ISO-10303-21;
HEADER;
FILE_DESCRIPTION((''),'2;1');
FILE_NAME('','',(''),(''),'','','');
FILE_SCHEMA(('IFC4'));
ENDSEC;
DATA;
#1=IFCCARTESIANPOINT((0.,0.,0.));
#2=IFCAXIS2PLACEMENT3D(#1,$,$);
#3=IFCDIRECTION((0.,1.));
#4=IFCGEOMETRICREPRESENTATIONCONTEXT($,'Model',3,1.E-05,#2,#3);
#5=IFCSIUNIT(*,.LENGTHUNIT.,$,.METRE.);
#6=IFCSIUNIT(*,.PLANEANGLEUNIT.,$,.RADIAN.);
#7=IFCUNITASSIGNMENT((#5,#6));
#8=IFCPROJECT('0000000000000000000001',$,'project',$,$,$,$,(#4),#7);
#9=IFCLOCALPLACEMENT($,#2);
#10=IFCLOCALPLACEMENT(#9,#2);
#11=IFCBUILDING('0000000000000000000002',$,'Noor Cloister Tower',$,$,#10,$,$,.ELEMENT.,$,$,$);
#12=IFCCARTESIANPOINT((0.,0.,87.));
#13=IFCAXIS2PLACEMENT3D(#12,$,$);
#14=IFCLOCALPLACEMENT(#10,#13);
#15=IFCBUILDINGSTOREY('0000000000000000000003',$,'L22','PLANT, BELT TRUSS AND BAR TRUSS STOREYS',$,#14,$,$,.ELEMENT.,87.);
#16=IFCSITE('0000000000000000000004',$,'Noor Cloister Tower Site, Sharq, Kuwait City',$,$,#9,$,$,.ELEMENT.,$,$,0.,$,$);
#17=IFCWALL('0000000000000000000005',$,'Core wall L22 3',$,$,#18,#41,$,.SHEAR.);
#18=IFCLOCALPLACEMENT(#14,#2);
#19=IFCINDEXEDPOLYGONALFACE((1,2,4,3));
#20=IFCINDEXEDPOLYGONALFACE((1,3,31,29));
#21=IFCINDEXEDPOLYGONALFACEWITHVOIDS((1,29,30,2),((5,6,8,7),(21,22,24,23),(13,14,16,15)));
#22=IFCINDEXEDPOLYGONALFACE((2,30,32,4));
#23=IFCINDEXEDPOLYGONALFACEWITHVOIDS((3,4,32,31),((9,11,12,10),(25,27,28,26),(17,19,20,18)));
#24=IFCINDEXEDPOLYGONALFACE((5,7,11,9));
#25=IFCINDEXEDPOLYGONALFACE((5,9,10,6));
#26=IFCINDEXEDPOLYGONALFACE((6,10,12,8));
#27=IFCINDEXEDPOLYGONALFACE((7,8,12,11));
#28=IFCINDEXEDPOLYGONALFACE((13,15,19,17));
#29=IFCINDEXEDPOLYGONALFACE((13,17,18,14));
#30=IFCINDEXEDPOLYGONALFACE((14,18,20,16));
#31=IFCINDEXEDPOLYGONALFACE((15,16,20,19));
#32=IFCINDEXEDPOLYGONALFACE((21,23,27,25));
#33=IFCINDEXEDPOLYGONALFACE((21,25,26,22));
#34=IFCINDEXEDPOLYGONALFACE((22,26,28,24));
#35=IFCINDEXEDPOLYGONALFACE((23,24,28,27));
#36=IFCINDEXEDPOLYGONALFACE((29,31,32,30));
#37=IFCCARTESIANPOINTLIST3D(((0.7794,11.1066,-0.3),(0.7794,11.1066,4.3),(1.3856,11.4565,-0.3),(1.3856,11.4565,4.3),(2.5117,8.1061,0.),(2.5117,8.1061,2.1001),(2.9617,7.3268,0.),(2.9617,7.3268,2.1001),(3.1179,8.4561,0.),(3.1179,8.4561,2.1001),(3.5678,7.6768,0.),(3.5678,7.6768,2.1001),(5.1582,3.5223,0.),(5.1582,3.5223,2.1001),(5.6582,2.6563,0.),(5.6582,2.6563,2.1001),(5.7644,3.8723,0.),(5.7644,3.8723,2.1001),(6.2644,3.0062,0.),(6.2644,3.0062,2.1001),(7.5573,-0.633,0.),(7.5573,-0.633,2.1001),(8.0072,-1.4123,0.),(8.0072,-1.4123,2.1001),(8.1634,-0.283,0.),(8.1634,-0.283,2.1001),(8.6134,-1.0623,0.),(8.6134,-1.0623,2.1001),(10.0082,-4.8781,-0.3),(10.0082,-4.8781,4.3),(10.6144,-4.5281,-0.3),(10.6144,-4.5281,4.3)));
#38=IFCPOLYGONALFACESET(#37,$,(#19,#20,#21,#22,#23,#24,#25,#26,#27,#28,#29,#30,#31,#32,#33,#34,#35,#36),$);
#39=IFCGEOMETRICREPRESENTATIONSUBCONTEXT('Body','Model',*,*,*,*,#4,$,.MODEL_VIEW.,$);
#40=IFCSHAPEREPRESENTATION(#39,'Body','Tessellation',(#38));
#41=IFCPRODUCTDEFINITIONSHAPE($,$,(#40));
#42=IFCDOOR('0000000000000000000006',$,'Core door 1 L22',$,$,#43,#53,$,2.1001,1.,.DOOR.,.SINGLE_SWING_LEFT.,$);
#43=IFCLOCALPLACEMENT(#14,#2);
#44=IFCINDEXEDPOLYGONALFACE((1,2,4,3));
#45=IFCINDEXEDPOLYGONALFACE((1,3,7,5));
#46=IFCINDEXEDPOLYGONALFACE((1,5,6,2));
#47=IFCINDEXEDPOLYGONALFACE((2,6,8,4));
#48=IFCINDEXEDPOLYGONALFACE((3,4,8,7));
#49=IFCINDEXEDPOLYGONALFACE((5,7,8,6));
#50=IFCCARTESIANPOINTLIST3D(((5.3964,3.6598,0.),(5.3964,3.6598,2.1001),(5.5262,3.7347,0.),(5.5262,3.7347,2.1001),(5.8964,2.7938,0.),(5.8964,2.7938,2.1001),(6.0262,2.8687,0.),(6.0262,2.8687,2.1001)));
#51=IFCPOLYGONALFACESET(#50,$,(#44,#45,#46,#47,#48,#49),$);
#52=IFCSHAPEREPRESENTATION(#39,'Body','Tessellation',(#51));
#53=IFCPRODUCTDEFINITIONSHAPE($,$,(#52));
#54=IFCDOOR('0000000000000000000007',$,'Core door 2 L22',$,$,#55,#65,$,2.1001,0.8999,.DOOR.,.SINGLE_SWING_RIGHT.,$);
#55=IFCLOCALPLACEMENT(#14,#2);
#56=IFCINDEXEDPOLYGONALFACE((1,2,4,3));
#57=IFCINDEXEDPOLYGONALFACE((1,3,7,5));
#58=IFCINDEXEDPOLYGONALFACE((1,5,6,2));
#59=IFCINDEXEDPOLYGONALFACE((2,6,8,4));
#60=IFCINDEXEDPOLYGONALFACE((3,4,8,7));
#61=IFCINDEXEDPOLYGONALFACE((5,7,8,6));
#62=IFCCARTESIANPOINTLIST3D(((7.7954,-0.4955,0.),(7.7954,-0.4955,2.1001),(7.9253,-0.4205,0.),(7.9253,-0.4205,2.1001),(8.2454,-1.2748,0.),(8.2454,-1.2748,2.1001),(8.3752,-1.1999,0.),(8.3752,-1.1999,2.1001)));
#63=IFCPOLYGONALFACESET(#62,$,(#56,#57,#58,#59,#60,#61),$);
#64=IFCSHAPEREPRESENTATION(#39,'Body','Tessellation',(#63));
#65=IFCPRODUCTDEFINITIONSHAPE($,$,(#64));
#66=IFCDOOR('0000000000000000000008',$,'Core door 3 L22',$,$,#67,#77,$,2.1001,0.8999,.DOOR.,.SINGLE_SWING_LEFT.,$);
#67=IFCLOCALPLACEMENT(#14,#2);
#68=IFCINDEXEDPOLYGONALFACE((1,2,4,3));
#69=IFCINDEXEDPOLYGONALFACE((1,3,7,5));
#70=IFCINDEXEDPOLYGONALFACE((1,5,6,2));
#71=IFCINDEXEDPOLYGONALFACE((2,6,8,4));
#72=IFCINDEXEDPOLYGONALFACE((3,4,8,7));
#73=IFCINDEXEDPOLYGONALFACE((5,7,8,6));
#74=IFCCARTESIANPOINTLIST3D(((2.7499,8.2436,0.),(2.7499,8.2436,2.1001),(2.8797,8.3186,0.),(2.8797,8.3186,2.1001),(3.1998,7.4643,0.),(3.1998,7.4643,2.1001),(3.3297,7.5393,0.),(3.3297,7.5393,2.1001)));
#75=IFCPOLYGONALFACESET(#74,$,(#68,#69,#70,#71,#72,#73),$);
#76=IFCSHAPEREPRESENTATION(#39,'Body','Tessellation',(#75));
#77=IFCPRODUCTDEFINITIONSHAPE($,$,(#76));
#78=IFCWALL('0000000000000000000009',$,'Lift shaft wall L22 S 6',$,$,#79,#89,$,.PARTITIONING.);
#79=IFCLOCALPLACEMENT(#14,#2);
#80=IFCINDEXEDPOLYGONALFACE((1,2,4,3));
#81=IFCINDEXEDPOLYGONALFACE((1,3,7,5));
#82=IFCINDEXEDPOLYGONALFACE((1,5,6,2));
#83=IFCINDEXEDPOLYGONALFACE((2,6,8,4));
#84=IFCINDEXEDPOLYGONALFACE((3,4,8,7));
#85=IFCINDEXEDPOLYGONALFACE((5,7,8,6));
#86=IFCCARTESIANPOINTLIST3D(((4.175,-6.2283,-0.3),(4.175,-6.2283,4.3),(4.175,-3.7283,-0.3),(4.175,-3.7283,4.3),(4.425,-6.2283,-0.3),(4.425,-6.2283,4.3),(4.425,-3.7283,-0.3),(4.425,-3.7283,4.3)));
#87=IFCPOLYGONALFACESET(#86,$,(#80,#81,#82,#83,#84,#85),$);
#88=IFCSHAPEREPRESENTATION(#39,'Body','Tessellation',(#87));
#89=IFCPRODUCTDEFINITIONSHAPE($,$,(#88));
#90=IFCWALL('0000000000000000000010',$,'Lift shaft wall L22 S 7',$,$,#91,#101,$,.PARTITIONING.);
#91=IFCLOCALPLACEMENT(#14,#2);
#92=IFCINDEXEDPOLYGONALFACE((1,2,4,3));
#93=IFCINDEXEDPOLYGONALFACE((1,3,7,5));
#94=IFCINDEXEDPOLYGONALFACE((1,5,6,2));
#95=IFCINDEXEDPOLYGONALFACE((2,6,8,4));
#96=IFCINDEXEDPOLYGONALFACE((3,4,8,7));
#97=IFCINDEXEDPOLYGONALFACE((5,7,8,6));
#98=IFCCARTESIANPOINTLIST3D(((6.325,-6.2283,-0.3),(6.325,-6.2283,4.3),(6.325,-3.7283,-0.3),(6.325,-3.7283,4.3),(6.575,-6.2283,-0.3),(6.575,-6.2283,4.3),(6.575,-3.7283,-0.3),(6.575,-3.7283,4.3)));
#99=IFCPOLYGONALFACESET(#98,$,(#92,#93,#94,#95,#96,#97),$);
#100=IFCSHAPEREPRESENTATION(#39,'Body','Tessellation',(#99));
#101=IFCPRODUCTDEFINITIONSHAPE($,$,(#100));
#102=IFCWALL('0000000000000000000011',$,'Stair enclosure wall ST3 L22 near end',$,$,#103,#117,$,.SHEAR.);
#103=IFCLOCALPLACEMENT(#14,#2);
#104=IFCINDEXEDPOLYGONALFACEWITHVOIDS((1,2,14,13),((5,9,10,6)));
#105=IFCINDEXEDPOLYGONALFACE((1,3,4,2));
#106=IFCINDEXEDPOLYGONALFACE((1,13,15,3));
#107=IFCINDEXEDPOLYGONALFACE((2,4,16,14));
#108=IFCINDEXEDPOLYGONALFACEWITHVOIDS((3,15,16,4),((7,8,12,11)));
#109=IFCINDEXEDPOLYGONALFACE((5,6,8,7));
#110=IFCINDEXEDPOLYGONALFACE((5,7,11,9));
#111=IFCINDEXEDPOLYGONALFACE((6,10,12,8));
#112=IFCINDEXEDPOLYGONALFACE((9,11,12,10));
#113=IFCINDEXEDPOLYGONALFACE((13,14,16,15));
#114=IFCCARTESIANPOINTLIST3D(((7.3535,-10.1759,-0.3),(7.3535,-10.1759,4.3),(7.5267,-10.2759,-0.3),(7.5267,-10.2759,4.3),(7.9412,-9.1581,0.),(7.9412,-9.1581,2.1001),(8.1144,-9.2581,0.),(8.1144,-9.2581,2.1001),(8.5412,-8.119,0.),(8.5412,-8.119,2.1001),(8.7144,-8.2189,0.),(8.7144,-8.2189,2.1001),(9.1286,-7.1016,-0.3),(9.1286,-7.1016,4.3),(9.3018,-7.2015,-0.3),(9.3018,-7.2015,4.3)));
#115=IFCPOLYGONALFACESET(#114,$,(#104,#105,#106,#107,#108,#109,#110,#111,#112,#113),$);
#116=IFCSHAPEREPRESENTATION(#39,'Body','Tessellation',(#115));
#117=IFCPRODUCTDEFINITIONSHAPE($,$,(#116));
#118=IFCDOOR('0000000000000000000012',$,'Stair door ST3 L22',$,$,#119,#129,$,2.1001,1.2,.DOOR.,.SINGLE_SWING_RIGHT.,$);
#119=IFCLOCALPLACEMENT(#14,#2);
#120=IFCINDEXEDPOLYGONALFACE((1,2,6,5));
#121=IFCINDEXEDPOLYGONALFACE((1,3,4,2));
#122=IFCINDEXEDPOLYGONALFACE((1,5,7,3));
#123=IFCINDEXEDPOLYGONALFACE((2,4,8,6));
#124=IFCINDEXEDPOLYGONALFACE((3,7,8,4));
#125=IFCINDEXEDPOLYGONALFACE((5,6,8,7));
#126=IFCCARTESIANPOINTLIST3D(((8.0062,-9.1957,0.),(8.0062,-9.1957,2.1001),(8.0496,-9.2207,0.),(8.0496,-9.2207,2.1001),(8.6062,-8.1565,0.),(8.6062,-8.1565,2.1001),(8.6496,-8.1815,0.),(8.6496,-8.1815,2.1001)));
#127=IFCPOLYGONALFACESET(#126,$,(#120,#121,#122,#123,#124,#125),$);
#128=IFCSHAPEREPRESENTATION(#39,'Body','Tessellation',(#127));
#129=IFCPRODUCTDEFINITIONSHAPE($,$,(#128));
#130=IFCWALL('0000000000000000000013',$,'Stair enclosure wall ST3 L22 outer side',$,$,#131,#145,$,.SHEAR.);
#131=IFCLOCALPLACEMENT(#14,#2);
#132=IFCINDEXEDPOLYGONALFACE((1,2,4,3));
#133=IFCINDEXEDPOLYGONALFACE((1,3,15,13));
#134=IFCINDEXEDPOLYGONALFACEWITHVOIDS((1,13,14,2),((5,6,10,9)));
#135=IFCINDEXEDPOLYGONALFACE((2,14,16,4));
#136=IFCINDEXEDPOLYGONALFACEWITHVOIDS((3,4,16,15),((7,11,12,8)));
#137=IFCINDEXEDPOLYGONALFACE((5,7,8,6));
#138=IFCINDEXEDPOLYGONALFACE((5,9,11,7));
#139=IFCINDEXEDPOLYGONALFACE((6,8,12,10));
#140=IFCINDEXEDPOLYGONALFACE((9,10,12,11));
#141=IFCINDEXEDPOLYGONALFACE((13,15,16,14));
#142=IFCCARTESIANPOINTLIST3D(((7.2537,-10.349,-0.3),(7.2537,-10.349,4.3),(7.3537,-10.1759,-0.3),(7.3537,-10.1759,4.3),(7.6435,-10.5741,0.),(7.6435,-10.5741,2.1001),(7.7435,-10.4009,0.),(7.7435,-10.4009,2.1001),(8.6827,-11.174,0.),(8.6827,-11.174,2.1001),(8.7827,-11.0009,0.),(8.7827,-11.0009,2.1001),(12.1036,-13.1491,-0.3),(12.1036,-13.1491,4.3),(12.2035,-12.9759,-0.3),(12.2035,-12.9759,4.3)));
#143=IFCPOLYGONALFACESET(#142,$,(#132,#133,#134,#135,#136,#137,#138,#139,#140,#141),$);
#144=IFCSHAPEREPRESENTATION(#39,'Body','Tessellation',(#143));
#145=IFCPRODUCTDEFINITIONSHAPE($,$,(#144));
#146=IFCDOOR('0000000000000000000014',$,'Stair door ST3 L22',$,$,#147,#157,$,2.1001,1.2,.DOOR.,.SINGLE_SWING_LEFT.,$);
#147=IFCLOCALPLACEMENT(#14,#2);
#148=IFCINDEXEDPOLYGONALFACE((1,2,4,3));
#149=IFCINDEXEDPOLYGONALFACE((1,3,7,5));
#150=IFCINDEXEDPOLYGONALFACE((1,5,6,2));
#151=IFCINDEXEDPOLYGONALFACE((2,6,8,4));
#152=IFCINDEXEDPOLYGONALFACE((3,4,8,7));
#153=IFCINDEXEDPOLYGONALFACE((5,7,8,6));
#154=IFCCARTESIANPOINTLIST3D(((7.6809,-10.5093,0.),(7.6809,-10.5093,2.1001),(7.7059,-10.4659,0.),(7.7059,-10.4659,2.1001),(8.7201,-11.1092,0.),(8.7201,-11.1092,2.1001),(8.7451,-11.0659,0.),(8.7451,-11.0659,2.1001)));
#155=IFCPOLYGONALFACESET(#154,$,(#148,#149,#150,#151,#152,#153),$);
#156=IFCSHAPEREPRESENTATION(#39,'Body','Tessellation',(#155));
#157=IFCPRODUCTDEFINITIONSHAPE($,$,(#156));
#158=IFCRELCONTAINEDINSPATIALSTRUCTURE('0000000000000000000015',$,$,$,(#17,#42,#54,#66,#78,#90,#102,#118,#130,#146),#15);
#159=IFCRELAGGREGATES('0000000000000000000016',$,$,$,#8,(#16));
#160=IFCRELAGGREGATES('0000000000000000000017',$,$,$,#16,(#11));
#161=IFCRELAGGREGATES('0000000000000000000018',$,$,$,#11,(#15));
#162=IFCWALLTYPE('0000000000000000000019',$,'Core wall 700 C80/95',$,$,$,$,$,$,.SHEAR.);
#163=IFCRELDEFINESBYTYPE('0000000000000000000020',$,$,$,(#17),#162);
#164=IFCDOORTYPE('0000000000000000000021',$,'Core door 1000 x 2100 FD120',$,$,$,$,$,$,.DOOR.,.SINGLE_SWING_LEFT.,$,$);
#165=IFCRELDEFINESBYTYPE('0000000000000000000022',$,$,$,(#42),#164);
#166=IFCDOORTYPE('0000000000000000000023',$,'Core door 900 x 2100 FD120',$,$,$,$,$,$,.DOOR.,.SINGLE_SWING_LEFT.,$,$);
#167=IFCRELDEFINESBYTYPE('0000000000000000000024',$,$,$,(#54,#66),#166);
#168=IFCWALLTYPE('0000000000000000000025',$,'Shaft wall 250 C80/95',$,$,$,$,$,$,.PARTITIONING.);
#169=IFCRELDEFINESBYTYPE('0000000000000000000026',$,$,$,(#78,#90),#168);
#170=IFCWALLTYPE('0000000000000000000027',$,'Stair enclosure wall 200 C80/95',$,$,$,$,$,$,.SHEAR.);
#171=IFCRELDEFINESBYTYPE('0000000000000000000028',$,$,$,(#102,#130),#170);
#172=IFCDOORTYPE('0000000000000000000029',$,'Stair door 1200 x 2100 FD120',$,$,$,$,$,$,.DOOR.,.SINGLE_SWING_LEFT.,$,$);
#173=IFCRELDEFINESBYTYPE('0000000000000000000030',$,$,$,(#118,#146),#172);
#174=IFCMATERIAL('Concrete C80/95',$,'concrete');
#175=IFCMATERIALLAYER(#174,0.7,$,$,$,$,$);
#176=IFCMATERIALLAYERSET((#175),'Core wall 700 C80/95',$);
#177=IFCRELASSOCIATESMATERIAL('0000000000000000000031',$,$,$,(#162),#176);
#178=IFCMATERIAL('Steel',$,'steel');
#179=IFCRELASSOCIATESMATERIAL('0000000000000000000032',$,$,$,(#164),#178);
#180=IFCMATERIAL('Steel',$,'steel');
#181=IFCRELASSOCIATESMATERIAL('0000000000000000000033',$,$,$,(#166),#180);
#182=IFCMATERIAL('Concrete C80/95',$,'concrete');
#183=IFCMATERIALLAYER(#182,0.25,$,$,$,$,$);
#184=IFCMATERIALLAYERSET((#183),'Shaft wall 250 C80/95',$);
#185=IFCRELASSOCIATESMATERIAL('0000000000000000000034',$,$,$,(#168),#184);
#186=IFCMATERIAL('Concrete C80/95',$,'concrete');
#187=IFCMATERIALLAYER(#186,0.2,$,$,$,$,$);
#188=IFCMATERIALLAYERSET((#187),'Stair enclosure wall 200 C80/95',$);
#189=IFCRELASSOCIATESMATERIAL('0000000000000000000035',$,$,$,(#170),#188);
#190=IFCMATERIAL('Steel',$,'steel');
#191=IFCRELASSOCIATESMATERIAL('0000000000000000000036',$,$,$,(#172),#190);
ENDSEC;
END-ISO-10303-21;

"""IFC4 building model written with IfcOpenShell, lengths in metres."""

from ifc_helpers import new_model, si_unit, direction, frame, frame_2d, origin, place, context, subcontext, project, spatial, rectangle, extrude, material, layer, layer_set, type_object, element, fill, save


model = new_model("IFC4")

# Units and contexts
model_context = context("Model", 3, precision=1e-05, world=origin(), true_north=direction((0.0, 1.0)))
body_context = subcontext(model_context, "Body", "Model", "MODEL_VIEW")
ifc_project = project(units=[si_unit("LENGTHUNIT", "METRE"), si_unit("PLANEANGLEUNIT", "RADIAN")], contexts=[model_context])

# Site, building, storey
site_placement = place(None, origin())
site = spatial("IfcSite", under=ifc_project, at=site_placement, Name="Noor Cloister Tower Site, Sharq, Kuwait City", CompositionType="ELEMENT", RefElevation=0.0)
building_placement = place(site_placement, origin())
building = spatial("IfcBuilding", under=site, at=building_placement, Name="Noor Cloister Tower", CompositionType="ELEMENT")
storey_placement = place(building_placement, frame((0.0, 0.0, 87.0)))
storey = spatial("IfcBuildingStorey", under=building, at=storey_placement, Name="L22", Description="PLANT, BELT TRUSS AND BAR TRUSS STOREYS", CompositionType="ELEMENT", Elevation=87.0)

# Shared definitions
ifc_material_1 = material(Name="Concrete C80/95", Category="concrete")
ifc_layer_1 = layer(ifc_material_1, 0.7)
ifc_layer_set_1 = layer_set([ifc_layer_1], Name="Core wall 700 C80/95")
wall_type_1 = type_object("IfcWallType", Name="Core wall 700 C80/95", PredefinedType="SHEAR", material=ifc_layer_set_1)

# Wall, openings, doors
wall_1_placement = place(storey_placement, frame((10.3113, -4.7031, -0.3), z_axis=(0.0, 0.0, 1.0), x_axis=(-0.500001, 0.866025, 0.0)))
wall_1 = element("IfcWall", 1, at=wall_1_placement, inside=storey, type_object=wall_type_1, Name="Core wall L22 3", PredefinedType="SHEAR", context=body_context, shape_type="SweptSolid", body=[
    extrude(rectangle(XDim=18.4575, YDim=0.7, at=frame_2d((9.2288, 0.0))), origin(), (0.0, 0.0, 1.0), 4.6001),
])
opening_1_placement = place(wall_1_placement, frame((8.7, 0.0, 0.3)))
opening_1 = element("IfcOpeningElement", 2, at=opening_1_placement, cuts=wall_1, PredefinedType="OPENING", context=body_context, shape_type="SweptSolid", body=[
    extrude(rectangle(XDim=1.0, YDim=2.1001, at=frame_2d((0.5, 1.05))), frame((0.0, 0.3599, 0.0), z_axis=(0.0, -1.0, 0.0), x_axis=(1.0, 0.0, 0.0)), (0.0, 0.0, 1.0), 0.72),
])
opening_2_placement = place(wall_1_placement, frame((4.002, 0.0, 0.3)))
opening_2 = element("IfcOpeningElement", 3, at=opening_2_placement, cuts=wall_1, PredefinedType="OPENING", context=body_context, shape_type="SweptSolid", body=[
    extrude(rectangle(XDim=0.8999, YDim=2.1001, at=frame_2d((0.45, 1.05))), frame((0.0, 0.3599, 0.0), z_axis=(0.0, -1.0, 0.0), x_axis=(1.0, 0.0, 0.0)), (0.0, 0.0, 1.0), 0.72),
])
opening_3_placement = place(wall_1_placement, frame((14.093, 0.0, 0.3)))
opening_3 = element("IfcOpeningElement", 4, at=opening_3_placement, cuts=wall_1, PredefinedType="OPENING", context=body_context, shape_type="SweptSolid", body=[
    extrude(rectangle(XDim=0.8999, YDim=2.1001, at=frame_2d((0.45, 1.05))), frame((0.0, 0.3599, 0.0), z_axis=(0.0, -1.0, 0.0), x_axis=(1.0, 0.0, 0.0)), (0.0, 0.0, 1.0), 0.72),
])
ifc_material_2 = material(Name="Steel", Category="steel")
door_type_1 = type_object("IfcDoorType", Name="Core door 1000 x 2100 FD120", OperationType="SINGLE_SWING_LEFT", PredefinedType="DOOR", material=ifc_material_2)
door_1_placement = place(opening_1_placement, origin())
door_1 = element("IfcDoor", 5, at=door_1_placement, inside=storey, type_object=door_type_1, Name="Core door 1 L22", OperationType="SINGLE_SWING_LEFT", OverallHeight=2.1001, OverallWidth=1.0, PredefinedType="DOOR", context=body_context, shape_type="SweptSolid", body=[
    extrude(rectangle(XDim=1.0, YDim=2.1001, at=frame_2d((0.5, 1.05))), frame((0.0, 0.075, 0.0), z_axis=(0.0, -1.0, 0.0), x_axis=(1.0, 0.0, 0.0)), (0.0, 0.0, 1.0), 0.1499),
])
fill(opening_1, door_1)
ifc_material_3 = material(Name="Steel", Category="steel")
door_type_2 = type_object("IfcDoorType", Name="Core door 900 x 2100 FD120", OperationType="SINGLE_SWING_LEFT", PredefinedType="DOOR", material=ifc_material_3)
door_2_placement = place(opening_2_placement, origin())
door_2 = element("IfcDoor", 6, at=door_2_placement, inside=storey, type_object=door_type_2, Name="Core door 2 L22", OperationType="SINGLE_SWING_RIGHT", OverallHeight=2.1001, OverallWidth=0.8999, PredefinedType="DOOR", context=body_context, shape_type="SweptSolid", body=[
    extrude(rectangle(XDim=0.8999, YDim=2.1001, at=frame_2d((0.45, 1.05))), frame((0.0, 0.075, 0.0), z_axis=(0.0, -1.0, 0.0), x_axis=(1.0, 0.0, 0.0)), (0.0, 0.0, 1.0), 0.1499),
])
fill(opening_2, door_2)
door_3_placement = place(opening_3_placement, origin())
door_3 = element("IfcDoor", 7, at=door_3_placement, inside=storey, type_object=door_type_2, Name="Core door 3 L22", OperationType="SINGLE_SWING_LEFT", OverallHeight=2.1001, OverallWidth=0.8999, PredefinedType="DOOR", context=body_context, shape_type="SweptSolid", body=[
    extrude(rectangle(XDim=0.8999, YDim=2.1001, at=frame_2d((0.45, 1.05))), frame((0.0, 0.075, 0.0), z_axis=(0.0, -1.0, 0.0), x_axis=(1.0, 0.0, 0.0)), (0.0, 0.0, 1.0), 0.1499),
])
fill(opening_3, door_3)

# Walls
ifc_material_4 = material(Name="Concrete C80/95", Category="concrete")
ifc_layer_2 = layer(ifc_material_4, 0.25)
ifc_layer_set_2 = layer_set([ifc_layer_2], Name="Shaft wall 250 C80/95")
wall_type_2 = type_object("IfcWallType", Name="Shaft wall 250 C80/95", PredefinedType="PARTITIONING", material=ifc_layer_set_2)
for number, where, z_axis, x_axis, name in (
    (8, (4.3, -6.2283, -0.3), (0.0, 0.0, 1.0), (0.0, 1.0, 0.0), "Lift shaft wall L22 S 6"),
    (9, (6.45, -6.2283, -0.3), (0.0, 0.0, 1.0), (0.0, 1.0, 0.0), "Lift shaft wall L22 S 7"),
):
    element("IfcWall", number, at=place(storey_placement, frame(where, z_axis=z_axis, x_axis=x_axis)), inside=storey, type_object=wall_type_2, Name=name, PredefinedType="PARTITIONING", context=body_context, shape_type="SweptSolid", body=[
        extrude(rectangle(XDim=2.5, YDim=0.25, at=frame_2d((1.25, 0.0))), origin(), (0.0, 0.0, 1.0), 4.6001),
    ])

# Walls, openings, doors
ifc_material_5 = material(Name="Concrete C80/95", Category="concrete")
ifc_layer_3 = layer(ifc_material_5, 0.2)
ifc_layer_set_3 = layer_set([ifc_layer_3], Name="Stair enclosure wall 200 C80/95")
wall_type_3 = type_object("IfcWallType", Name="Stair enclosure wall 200 C80/95", PredefinedType="SHEAR", material=ifc_layer_set_3)
wall_2_placement = place(storey_placement, frame((7.4402, -10.2258, -0.3), z_axis=(0.0, 0.0, 1.0), x_axis=(0.500022, 0.866013, 0.0)))
wall_2 = element("IfcWall", 10, at=wall_2_placement, inside=storey, type_object=wall_type_3, Name="Stair enclosure wall ST3 L22 near end", PredefinedType="SHEAR", context=body_context, shape_type="SweptSolid", body=[
    extrude(rectangle(XDim=3.55, YDim=0.2, at=frame_2d((1.7749, 0.0))), origin(), (0.0, 0.0, 1.0), 4.6001),
])
opening_4_placement = place(wall_2_placement, frame((1.175, 0.0, 0.3)))
opening_4 = element("IfcOpeningElement", 11, at=opening_4_placement, cuts=wall_2, PredefinedType="OPENING", context=body_context, shape_type="SweptSolid", body=[
    extrude(rectangle(XDim=1.2, YDim=2.1001, at=frame_2d((0.6001, 1.05))), frame((0.0, 0.1099, 0.0), z_axis=(0.0, -1.0, 0.0), x_axis=(1.0, 0.0, 0.0)), (0.0, 0.0, 1.0), 0.22),
])
ifc_material_6 = material(Name="Steel", Category="steel")
door_type_3 = type_object("IfcDoorType", Name="Stair door 1200 x 2100 FD120", OperationType="SINGLE_SWING_LEFT", PredefinedType="DOOR", material=ifc_material_6)
door_4_placement = place(opening_4_placement, origin())
door_4 = element("IfcDoor", 12, at=door_4_placement, inside=storey, type_object=door_type_3, Name="Stair door ST3 L22", OperationType="SINGLE_SWING_RIGHT", OverallHeight=2.1001, OverallWidth=1.2, PredefinedType="DOOR", context=body_context, shape_type="SweptSolid", body=[
    extrude(rectangle(XDim=1.2, YDim=2.1001, at=frame_2d((0.6001, 1.05))), frame((0.0, 0.0249, 0.0), z_axis=(0.0, -1.0, 0.0), x_axis=(1.0, 0.0, 0.0)), (0.0, 0.0, 1.0), 0.05),
])
fill(opening_4, door_4)
wall_3_placement = place(storey_placement, frame((7.3037, -10.2625, -0.3), z_axis=(0.0, 0.0, 1.0), x_axis=(0.866027, -0.499998, 0.0)))
wall_3 = element("IfcWall", 13, at=wall_3_placement, inside=storey, type_object=wall_type_3, Name="Stair enclosure wall ST3 L22 outer side", PredefinedType="SHEAR", context=body_context, shape_type="SweptSolid", body=[
    extrude(rectangle(XDim=5.6001, YDim=0.2, at=frame_2d((2.8, 0.0))), origin(), (0.0, 0.0, 1.0), 4.6001),
])
opening_5_placement = place(wall_3_placement, frame((0.45, 0.0, 0.3)))
opening_5 = element("IfcOpeningElement", 14, at=opening_5_placement, cuts=wall_3, PredefinedType="OPENING", context=body_context, shape_type="SweptSolid", body=[
    extrude(rectangle(XDim=1.2, YDim=2.1001, at=frame_2d((0.6001, 1.05))), frame((0.0, 0.1099, 0.0), z_axis=(0.0, -1.0, 0.0), x_axis=(1.0, 0.0, 0.0)), (0.0, 0.0, 1.0), 0.22),
])
door_5_placement = place(opening_5_placement, origin())
door_5 = element("IfcDoor", 15, at=door_5_placement, inside=storey, type_object=door_type_3, Name="Stair door ST3 L22", OperationType="SINGLE_SWING_LEFT", OverallHeight=2.1001, OverallWidth=1.2, PredefinedType="DOOR", context=body_context, shape_type="SweptSolid", body=[
    extrude(rectangle(XDim=1.2, YDim=2.1001, at=frame_2d((0.6001, 1.05))), frame((0.0, 0.0249, 0.0), z_axis=(0.0, -1.0, 0.0), x_axis=(1.0, 0.0, 0.0)), (0.0, 0.0, 1.0), 0.05),
])
fill(opening_5, door_5)

save(model, "model.ifc")
